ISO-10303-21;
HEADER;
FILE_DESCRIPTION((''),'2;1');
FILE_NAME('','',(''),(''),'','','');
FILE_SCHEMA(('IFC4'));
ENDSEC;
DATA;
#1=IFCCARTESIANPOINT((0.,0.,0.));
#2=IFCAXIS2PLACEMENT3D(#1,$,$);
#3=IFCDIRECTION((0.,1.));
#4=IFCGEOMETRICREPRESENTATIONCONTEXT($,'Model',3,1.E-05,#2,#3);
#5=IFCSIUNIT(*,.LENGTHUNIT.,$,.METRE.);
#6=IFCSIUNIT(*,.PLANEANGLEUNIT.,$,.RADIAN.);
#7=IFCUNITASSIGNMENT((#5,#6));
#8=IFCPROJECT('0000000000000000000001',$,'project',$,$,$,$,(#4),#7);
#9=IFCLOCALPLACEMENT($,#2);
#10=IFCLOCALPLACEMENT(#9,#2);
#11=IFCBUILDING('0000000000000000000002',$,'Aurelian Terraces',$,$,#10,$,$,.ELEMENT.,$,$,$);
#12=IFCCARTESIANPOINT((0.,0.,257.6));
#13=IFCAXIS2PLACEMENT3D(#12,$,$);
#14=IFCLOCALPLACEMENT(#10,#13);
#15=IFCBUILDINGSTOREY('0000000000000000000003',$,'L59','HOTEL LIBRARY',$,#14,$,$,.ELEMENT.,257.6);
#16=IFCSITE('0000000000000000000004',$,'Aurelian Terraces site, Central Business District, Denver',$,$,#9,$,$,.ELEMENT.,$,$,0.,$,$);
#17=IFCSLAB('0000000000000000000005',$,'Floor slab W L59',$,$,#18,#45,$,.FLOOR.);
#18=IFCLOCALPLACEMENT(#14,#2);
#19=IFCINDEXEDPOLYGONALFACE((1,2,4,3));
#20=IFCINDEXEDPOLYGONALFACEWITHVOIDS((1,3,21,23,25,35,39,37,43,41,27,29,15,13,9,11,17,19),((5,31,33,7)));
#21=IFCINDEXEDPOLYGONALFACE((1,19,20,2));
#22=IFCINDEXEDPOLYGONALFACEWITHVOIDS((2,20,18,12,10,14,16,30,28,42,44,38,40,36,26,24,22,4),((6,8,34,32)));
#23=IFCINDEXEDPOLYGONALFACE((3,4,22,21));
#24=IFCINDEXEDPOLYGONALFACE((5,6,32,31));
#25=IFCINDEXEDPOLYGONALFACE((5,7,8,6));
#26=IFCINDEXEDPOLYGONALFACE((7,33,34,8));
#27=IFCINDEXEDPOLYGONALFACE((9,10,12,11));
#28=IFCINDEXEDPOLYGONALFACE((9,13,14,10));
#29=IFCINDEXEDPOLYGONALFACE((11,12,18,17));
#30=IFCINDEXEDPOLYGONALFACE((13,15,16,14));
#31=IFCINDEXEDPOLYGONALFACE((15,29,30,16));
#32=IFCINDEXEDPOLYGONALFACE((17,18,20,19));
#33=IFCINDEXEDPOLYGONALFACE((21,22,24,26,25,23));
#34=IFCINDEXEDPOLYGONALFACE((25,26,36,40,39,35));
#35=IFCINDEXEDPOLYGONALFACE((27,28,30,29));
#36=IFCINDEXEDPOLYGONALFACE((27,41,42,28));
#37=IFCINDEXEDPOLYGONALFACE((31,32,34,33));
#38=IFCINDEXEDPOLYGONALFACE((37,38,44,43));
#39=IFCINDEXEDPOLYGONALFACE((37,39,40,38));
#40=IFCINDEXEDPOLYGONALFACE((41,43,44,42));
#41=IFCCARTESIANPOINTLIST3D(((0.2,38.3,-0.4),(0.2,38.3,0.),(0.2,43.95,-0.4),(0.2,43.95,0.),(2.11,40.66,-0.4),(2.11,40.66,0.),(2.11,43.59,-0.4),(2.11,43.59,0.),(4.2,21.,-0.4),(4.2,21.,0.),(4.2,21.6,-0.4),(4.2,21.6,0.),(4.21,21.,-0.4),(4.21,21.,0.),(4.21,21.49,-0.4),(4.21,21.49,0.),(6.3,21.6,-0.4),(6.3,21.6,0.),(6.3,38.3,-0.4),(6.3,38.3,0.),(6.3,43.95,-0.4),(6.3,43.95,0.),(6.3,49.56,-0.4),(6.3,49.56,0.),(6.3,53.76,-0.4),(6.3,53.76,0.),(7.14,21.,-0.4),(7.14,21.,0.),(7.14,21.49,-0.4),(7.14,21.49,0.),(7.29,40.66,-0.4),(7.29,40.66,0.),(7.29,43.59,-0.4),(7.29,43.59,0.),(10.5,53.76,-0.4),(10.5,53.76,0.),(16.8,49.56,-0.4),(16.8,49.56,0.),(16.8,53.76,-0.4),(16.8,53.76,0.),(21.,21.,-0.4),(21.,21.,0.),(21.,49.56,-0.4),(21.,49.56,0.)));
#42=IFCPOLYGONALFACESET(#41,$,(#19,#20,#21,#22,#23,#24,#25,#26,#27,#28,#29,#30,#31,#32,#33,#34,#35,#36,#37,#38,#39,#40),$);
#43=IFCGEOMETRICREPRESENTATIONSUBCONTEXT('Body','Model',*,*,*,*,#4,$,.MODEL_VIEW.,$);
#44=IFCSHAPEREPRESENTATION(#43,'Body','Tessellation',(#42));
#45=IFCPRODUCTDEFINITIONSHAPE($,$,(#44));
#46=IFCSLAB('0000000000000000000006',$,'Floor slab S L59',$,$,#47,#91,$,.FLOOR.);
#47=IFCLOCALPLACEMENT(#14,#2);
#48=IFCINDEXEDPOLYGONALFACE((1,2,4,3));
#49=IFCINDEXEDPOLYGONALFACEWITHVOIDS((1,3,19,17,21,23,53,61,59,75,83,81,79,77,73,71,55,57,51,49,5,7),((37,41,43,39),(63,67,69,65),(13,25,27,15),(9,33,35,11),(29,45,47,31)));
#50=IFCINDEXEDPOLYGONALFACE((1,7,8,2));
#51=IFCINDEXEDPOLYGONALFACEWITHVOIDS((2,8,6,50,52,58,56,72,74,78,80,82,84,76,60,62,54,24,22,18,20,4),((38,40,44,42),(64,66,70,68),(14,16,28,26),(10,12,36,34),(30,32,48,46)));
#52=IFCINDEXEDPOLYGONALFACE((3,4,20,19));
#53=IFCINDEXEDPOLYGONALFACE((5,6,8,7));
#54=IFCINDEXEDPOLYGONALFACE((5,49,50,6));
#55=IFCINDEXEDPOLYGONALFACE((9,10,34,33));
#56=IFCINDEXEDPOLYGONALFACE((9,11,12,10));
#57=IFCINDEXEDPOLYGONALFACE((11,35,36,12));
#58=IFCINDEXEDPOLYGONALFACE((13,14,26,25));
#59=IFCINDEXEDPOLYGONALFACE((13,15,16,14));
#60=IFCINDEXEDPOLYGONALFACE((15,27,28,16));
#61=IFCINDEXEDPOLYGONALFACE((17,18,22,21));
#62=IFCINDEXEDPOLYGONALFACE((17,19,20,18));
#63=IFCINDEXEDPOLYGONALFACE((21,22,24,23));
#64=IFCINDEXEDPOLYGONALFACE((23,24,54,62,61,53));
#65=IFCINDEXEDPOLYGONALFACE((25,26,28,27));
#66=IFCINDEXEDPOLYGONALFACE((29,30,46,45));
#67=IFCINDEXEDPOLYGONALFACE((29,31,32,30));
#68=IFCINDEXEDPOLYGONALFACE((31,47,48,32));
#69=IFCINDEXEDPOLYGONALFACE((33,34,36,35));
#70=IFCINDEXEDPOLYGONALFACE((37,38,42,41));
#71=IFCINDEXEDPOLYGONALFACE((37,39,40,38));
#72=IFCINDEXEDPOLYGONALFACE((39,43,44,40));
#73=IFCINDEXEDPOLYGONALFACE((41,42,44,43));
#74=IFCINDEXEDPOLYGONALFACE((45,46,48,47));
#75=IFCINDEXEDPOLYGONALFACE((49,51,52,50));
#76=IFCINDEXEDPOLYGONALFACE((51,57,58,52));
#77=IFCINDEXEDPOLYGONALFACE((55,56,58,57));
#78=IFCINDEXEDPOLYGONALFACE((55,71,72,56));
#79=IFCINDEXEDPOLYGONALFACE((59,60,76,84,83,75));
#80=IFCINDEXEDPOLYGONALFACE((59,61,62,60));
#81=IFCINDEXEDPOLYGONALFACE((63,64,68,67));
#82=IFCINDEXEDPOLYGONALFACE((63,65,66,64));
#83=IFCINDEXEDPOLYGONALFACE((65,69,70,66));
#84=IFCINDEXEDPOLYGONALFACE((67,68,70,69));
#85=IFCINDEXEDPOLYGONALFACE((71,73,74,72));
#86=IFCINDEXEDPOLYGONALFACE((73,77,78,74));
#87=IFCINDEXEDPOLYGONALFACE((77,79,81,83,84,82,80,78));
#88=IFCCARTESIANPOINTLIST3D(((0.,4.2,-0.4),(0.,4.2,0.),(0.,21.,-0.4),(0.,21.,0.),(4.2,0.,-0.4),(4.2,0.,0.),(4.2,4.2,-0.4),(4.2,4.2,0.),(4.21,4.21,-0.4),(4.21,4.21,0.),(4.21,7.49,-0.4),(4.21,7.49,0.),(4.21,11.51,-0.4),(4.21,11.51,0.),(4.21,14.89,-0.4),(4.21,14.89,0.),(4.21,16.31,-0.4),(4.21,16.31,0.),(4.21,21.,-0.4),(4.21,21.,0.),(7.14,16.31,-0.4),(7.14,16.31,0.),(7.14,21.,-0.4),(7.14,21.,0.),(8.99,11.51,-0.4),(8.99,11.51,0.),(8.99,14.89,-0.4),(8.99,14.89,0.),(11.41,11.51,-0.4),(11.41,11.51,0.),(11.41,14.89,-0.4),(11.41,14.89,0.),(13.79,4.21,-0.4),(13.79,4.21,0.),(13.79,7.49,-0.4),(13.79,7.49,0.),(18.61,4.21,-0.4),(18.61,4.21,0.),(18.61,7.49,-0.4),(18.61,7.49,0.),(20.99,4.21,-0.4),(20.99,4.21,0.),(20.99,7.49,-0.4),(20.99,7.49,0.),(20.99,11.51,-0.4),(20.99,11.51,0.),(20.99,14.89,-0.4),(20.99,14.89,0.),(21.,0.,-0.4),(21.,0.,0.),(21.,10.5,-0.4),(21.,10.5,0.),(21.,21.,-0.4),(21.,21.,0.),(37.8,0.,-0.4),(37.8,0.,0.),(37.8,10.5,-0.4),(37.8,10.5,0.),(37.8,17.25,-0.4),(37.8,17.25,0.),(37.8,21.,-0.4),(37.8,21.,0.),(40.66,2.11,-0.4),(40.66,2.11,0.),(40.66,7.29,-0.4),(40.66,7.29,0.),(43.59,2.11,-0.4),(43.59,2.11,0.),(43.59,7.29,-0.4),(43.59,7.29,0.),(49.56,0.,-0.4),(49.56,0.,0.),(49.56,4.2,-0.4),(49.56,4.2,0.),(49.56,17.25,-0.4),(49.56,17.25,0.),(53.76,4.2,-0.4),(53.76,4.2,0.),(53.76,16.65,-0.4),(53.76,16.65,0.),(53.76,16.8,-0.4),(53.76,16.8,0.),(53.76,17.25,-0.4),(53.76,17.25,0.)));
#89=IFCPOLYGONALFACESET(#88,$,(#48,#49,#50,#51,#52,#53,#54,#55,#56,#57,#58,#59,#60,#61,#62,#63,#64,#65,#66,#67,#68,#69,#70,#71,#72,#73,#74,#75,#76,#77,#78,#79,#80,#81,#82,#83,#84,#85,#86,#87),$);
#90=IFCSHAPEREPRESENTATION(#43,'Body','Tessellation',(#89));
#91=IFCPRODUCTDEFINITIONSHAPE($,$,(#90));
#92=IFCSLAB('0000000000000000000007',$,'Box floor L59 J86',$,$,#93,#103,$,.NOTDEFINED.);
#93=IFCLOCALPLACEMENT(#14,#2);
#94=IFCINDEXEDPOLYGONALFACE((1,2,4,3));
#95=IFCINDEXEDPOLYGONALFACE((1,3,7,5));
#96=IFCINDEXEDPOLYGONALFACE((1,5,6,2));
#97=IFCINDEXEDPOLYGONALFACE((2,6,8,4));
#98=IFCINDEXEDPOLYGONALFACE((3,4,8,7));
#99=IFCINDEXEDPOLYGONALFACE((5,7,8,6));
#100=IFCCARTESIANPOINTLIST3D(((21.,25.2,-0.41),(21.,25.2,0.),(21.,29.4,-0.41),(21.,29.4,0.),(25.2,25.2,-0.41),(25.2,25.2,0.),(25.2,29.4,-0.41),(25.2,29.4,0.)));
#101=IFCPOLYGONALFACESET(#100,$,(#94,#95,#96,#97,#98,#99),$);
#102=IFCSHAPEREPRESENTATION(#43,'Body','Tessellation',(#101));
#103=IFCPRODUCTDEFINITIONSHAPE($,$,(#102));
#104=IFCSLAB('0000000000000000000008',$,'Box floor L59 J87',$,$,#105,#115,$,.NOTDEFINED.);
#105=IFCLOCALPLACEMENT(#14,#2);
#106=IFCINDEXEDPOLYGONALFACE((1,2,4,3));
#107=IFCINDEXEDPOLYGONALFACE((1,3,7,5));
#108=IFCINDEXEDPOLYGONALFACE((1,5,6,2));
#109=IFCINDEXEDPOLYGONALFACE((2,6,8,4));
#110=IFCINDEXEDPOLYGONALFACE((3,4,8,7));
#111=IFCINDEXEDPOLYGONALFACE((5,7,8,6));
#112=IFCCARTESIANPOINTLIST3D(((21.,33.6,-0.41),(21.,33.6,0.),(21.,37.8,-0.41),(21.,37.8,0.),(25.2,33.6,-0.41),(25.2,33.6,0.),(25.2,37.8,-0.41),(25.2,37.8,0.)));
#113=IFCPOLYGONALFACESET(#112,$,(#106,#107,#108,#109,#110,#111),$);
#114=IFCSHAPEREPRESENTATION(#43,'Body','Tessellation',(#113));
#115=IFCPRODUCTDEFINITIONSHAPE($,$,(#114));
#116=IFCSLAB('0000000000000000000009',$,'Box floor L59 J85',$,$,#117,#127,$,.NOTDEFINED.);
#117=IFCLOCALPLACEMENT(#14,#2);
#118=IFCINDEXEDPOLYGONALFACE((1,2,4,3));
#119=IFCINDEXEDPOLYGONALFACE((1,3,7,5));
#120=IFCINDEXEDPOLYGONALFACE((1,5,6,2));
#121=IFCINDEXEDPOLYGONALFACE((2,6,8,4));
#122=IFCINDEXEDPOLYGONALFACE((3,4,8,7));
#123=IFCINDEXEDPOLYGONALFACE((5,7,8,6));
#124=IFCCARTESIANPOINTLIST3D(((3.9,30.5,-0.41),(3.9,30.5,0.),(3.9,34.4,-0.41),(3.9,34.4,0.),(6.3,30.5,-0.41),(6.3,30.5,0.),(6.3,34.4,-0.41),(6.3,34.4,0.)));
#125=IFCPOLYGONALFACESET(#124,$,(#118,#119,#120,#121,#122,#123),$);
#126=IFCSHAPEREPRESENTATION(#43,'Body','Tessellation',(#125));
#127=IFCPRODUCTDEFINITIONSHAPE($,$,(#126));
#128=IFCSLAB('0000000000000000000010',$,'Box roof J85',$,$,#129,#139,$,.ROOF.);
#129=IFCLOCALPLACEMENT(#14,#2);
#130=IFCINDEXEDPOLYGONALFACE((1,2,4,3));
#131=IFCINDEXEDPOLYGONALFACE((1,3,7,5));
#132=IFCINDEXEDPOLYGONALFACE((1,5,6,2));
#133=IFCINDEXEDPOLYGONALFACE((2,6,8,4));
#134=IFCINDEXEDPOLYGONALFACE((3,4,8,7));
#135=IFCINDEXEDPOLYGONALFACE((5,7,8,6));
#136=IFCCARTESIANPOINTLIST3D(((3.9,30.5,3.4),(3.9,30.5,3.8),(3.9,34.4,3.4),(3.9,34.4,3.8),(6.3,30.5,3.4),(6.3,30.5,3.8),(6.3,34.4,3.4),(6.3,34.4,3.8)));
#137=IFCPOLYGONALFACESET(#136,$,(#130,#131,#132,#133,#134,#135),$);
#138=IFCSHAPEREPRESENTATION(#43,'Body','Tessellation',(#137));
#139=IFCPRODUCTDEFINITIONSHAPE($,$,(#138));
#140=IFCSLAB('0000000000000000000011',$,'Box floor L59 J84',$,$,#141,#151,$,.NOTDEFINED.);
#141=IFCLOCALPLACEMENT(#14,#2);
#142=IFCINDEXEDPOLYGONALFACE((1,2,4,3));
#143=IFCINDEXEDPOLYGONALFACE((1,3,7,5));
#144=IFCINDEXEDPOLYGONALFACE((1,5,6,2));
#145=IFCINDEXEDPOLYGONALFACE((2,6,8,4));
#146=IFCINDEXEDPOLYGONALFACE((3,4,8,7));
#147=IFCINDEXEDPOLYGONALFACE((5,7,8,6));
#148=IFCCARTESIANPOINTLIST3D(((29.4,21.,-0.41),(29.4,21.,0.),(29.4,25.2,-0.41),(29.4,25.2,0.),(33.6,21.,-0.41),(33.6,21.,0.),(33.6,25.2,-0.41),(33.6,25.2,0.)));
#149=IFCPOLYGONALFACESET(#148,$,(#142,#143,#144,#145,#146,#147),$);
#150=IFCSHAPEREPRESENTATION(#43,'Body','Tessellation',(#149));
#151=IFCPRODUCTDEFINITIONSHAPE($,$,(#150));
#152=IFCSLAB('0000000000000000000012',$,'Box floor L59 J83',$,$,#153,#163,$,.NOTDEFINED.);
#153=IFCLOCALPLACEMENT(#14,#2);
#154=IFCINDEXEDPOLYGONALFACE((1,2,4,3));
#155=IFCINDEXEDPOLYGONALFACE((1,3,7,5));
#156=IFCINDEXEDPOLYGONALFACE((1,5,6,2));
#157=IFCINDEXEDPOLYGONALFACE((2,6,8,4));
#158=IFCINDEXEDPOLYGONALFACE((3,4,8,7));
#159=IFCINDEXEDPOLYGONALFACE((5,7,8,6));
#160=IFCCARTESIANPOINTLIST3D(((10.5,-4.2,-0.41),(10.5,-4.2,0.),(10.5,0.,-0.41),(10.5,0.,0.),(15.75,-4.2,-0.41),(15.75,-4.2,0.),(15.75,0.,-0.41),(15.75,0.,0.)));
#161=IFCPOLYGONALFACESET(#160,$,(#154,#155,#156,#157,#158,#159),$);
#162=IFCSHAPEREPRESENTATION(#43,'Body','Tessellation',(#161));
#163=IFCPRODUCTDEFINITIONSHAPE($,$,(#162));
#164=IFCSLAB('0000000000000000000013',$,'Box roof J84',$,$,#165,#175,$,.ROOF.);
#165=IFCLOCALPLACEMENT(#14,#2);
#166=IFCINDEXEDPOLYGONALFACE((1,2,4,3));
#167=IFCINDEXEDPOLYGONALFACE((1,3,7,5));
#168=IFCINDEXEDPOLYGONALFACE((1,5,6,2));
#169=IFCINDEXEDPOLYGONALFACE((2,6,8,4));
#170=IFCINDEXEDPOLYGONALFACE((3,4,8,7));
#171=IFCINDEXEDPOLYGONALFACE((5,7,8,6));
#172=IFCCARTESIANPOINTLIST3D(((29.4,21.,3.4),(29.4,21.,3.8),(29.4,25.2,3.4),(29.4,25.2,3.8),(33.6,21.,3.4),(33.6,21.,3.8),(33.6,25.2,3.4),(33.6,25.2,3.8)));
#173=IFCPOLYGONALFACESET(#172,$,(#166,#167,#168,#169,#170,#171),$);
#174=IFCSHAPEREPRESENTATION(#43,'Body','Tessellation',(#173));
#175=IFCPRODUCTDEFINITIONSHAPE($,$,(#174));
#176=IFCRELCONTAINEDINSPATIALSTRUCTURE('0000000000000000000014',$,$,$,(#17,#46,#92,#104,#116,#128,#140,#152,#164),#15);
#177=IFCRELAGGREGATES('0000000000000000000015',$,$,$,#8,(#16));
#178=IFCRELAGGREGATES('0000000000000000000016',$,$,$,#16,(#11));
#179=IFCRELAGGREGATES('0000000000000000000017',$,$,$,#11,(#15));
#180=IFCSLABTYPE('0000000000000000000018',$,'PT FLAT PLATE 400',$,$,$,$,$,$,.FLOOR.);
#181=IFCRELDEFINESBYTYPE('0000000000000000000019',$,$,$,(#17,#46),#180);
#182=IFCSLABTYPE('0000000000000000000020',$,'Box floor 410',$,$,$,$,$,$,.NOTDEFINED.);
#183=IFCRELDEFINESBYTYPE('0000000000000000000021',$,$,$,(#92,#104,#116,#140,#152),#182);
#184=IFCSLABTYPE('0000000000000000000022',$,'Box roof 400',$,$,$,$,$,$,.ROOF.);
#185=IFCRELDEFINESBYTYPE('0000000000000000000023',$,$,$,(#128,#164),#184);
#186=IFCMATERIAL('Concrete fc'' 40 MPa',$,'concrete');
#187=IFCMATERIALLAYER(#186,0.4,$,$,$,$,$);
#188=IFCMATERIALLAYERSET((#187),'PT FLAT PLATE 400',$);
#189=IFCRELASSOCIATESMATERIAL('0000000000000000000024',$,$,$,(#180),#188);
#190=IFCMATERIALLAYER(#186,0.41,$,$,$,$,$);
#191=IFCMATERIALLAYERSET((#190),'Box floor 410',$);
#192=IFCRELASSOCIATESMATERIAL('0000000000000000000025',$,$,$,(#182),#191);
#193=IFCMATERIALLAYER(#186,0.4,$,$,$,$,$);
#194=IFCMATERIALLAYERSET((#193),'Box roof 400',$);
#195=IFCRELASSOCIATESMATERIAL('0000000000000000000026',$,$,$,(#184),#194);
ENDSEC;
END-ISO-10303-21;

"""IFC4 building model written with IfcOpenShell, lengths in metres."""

from ifc_helpers import new_model, si_unit, direction, frame, origin, place, context, subcontext, project, spatial, polyline, outline, extrude, source, transform, mapped, material, layer, layer_set, type_object, element, save


model = new_model("IFC4")

# Units and contexts
model_context = context("Model", 3, precision=1e-05, world=origin(), true_north=direction((0.0, 1.0)))
body_context = subcontext(model_context, "Body", "Model", "MODEL_VIEW")
ifc_project = project(units=[si_unit("LENGTHUNIT", "METRE"), si_unit("PLANEANGLEUNIT", "RADIAN")], contexts=[model_context])

# Site, building, storey
site_placement = place(None, origin())
site = spatial("IfcSite", under=ifc_project, at=site_placement, Name="Aurelian Terraces site, Central Business District, Denver", CompositionType="ELEMENT", RefElevation=0.0)
building_placement = place(site_placement, origin())
building = spatial("IfcBuilding", under=site, at=building_placement, Name="Aurelian Terraces", CompositionType="ELEMENT")
storey_placement = place(building_placement, frame((0.0, 0.0, 257.6)))
storey = spatial("IfcBuildingStorey", under=building, at=storey_placement, Name="L59", Description="HOTEL LIBRARY", CompositionType="ELEMENT", Elevation=257.6)

# Slabs
ifc_material_1 = material(Name="Concrete fc' 40 MPa", Category="concrete")
ifc_layer_1 = layer(ifc_material_1, 0.4)
ifc_layer_set_1 = layer_set([ifc_layer_1], Name="PT FLAT PLATE 400")
slab_type_1 = type_object("IfcSlabType", Name="PT FLAT PLATE 400", PredefinedType="FLOOR", material=ifc_layer_set_1)
shared_shape_1 = source(origin(), body_context, "Body", "SweptSolid", [
    extrude(outline(polyline([(0.2, 43.95), (6.3, 43.95), (6.3, 49.56), (6.3, 53.76), (10.5, 53.76), (16.8, 53.76), (16.8, 49.56), (21.0, 49.56), (21.0, 21.0), (7.14, 21.0), (7.14, 21.49), (4.21, 21.49), (4.21, 21.0), (4.2, 21.0), (4.2, 21.6), (6.3, 21.6), (6.3, 38.3), (0.2, 38.3), (0.2, 43.95)]), holes=[polyline([(7.29, 43.59), (2.11, 43.59), (2.11, 40.66), (7.29, 40.66), (7.29, 43.59)])]), origin(), (0.0, 0.0, 1.0), 0.4),
])
slab_1_placement = place(storey_placement, frame((0.0, 0.0, -0.4)))
element("IfcSlab", 1, at=slab_1_placement, inside=storey, type_object=slab_type_1, Name="Floor slab W L59", PredefinedType="FLOOR", context=body_context, shape_type="MappedRepresentation", body=[
    mapped(shared_shape_1, transform((0.0, 0.0, 0.0), scale=1.0)),
])
shared_shape_2 = source(origin(), body_context, "Body", "SweptSolid", [
    extrude(outline(polyline([(49.56, 4.2), (49.56, 0.0), (37.8, 0.0), (37.8, 10.5), (21.0, 10.5), (21.0, 0.0), (4.2, 0.0), (4.2, 4.2), (0.0, 4.2), (0.0, 21.0), (4.21, 21.0), (4.21, 16.31), (7.14, 16.31), (7.14, 21.0), (21.0, 21.0), (37.8, 21.0), (37.8, 17.25), (49.56, 17.25), (53.76, 17.25), (53.76, 16.8), (53.76, 16.65), (53.76, 4.2), (49.56, 4.2)]), holes=[polyline([(40.66, 2.11), (43.59, 2.11), (43.59, 7.29), (40.66, 7.29), (40.66, 2.11)]), polyline([(18.61, 7.49), (18.61, 4.21), (20.99, 4.21), (20.99, 7.49), (18.61, 7.49)]), polyline([(20.99, 14.89), (11.41, 14.89), (11.41, 11.51), (20.99, 11.51), (20.99, 14.89)]), polyline([(4.21, 7.49), (4.21, 4.21), (13.79, 4.21), (13.79, 7.49), (4.21, 7.49)]), polyline([(4.21, 14.89), (4.21, 11.51), (8.99, 11.51), (8.99, 14.89), (4.21, 14.89)])]), origin(), (0.0, 0.0, 1.0), 0.4),
])
slab_2_placement = place(storey_placement, frame((0.0, 0.0, -0.4)))
element("IfcSlab", 2, at=slab_2_placement, inside=storey, type_object=slab_type_1, Name="Floor slab S L59", PredefinedType="FLOOR", context=body_context, shape_type="MappedRepresentation", body=[
    mapped(shared_shape_2, transform((0.0, 0.0, 0.0), scale=1.0)),
])
ifc_layer_2 = layer(ifc_material_1, 0.41)
ifc_layer_set_2 = layer_set([ifc_layer_2], Name="Box floor 410")
slab_type_2 = type_object("IfcSlabType", Name="Box floor 410", PredefinedType="NOTDEFINED", material=ifc_layer_set_2)
shared_shape_3 = source(origin(), body_context, "Body", "SweptSolid", [
    extrude(outline(polyline([(25.2, 25.2), (25.2, 29.4), (21.0, 29.4), (21.0, 25.2), (25.2, 25.2)])), origin(), (0.0, 0.0, 1.0), 0.41),
])
slab_3_placement = place(storey_placement, frame((0.0, 0.0, -0.41)))
element("IfcSlab", 3, at=slab_3_placement, inside=storey, type_object=slab_type_2, Name="Box floor L59 J86", PredefinedType="NOTDEFINED", context=body_context, shape_type="MappedRepresentation", body=[
    mapped(shared_shape_3, transform((0.0, 0.0, 0.0), scale=1.0)),
])
shared_shape_4 = source(origin(), body_context, "Body", "SweptSolid", [
    extrude(outline(polyline([(25.2, 33.6), (25.2, 37.8), (21.0, 37.8), (21.0, 33.6), (25.2, 33.6)])), origin(), (0.0, 0.0, 1.0), 0.41),
])
slab_4_placement = place(storey_placement, frame((0.0, 0.0, -0.41)))
element("IfcSlab", 4, at=slab_4_placement, inside=storey, type_object=slab_type_2, Name="Box floor L59 J87", PredefinedType="NOTDEFINED", context=body_context, shape_type="MappedRepresentation", body=[
    mapped(shared_shape_4, transform((0.0, 0.0, 0.0), scale=1.0)),
])
shared_shape_5 = source(origin(), body_context, "Body", "SweptSolid", [
    extrude(outline(polyline([(3.9, 34.4), (3.9, 30.5), (6.3, 30.5), (6.3, 34.4), (3.9, 34.4)])), origin(), (0.0, 0.0, 1.0), 0.41),
])
slab_5_placement = place(storey_placement, frame((0.0, 0.0, -0.41)))
element("IfcSlab", 5, at=slab_5_placement, inside=storey, type_object=slab_type_2, Name="Box floor L59 J85", PredefinedType="NOTDEFINED", context=body_context, shape_type="MappedRepresentation", body=[
    mapped(shared_shape_5, transform((0.0, 0.0, 0.0), scale=1.0)),
])
ifc_layer_3 = layer(ifc_material_1, 0.4)
ifc_layer_set_3 = layer_set([ifc_layer_3], Name="Box roof 400")
slab_type_3 = type_object("IfcSlabType", Name="Box roof 400", PredefinedType="ROOF", material=ifc_layer_set_3)
shared_shape_6 = source(origin(), body_context, "Body", "SweptSolid", [
    extrude(outline(polyline([(3.9, 34.4), (3.9, 30.5), (6.3, 30.5), (6.3, 34.4), (3.9, 34.4)])), origin(), (0.0, 0.0, 1.0), 0.4),
])
slab_6_placement = place(storey_placement, frame((0.0, 0.0, 3.4)))
element("IfcSlab", 6, at=slab_6_placement, inside=storey, type_object=slab_type_3, Name="Box roof J85", PredefinedType="ROOF", context=body_context, shape_type="MappedRepresentation", body=[
    mapped(shared_shape_6, transform((0.0, 0.0, 0.0), scale=1.0)),
])
shared_shape_7 = source(origin(), body_context, "Body", "SweptSolid", [
    extrude(outline(polyline([(33.6, 25.2), (29.4, 25.2), (29.4, 21.0), (33.6, 21.0), (33.6, 25.2)])), origin(), (0.0, 0.0, 1.0), 0.41),
])
slab_7_placement = place(storey_placement, frame((0.0, 0.0, -0.41)))
element("IfcSlab", 7, at=slab_7_placement, inside=storey, type_object=slab_type_2, Name="Box floor L59 J84", PredefinedType="NOTDEFINED", context=body_context, shape_type="MappedRepresentation", body=[
    mapped(shared_shape_7, transform((0.0, 0.0, 0.0), scale=1.0)),
])
shared_shape_8 = source(origin(), body_context, "Body", "SweptSolid", [
    extrude(outline(polyline([(10.5, -4.2), (15.75, -4.2), (15.75, 0.0), (10.5, 0.0), (10.5, -4.2)])), origin(), (0.0, 0.0, 1.0), 0.41),
])
slab_8_placement = place(storey_placement, frame((0.0, 0.0, -0.41)))
element("IfcSlab", 8, at=slab_8_placement, inside=storey, type_object=slab_type_2, Name="Box floor L59 J83", PredefinedType="NOTDEFINED", context=body_context, shape_type="MappedRepresentation", body=[
    mapped(shared_shape_8, transform((0.0, 0.0, 0.0), scale=1.0)),
])
shared_shape_9 = source(origin(), body_context, "Body", "SweptSolid", [
    extrude(outline(polyline([(33.6, 25.2), (29.4, 25.2), (29.4, 21.0), (33.6, 21.0), (33.6, 25.2)])), origin(), (0.0, 0.0, 1.0), 0.4),
])
slab_9_placement = place(storey_placement, frame((0.0, 0.0, 3.4)))
element("IfcSlab", 9, at=slab_9_placement, inside=storey, type_object=slab_type_3, Name="Box roof J84", PredefinedType="ROOF", context=body_context, shape_type="MappedRepresentation", body=[
    mapped(shared_shape_9, transform((0.0, 0.0, 0.0), scale=1.0)),
])

save(model, "model.ifc")
